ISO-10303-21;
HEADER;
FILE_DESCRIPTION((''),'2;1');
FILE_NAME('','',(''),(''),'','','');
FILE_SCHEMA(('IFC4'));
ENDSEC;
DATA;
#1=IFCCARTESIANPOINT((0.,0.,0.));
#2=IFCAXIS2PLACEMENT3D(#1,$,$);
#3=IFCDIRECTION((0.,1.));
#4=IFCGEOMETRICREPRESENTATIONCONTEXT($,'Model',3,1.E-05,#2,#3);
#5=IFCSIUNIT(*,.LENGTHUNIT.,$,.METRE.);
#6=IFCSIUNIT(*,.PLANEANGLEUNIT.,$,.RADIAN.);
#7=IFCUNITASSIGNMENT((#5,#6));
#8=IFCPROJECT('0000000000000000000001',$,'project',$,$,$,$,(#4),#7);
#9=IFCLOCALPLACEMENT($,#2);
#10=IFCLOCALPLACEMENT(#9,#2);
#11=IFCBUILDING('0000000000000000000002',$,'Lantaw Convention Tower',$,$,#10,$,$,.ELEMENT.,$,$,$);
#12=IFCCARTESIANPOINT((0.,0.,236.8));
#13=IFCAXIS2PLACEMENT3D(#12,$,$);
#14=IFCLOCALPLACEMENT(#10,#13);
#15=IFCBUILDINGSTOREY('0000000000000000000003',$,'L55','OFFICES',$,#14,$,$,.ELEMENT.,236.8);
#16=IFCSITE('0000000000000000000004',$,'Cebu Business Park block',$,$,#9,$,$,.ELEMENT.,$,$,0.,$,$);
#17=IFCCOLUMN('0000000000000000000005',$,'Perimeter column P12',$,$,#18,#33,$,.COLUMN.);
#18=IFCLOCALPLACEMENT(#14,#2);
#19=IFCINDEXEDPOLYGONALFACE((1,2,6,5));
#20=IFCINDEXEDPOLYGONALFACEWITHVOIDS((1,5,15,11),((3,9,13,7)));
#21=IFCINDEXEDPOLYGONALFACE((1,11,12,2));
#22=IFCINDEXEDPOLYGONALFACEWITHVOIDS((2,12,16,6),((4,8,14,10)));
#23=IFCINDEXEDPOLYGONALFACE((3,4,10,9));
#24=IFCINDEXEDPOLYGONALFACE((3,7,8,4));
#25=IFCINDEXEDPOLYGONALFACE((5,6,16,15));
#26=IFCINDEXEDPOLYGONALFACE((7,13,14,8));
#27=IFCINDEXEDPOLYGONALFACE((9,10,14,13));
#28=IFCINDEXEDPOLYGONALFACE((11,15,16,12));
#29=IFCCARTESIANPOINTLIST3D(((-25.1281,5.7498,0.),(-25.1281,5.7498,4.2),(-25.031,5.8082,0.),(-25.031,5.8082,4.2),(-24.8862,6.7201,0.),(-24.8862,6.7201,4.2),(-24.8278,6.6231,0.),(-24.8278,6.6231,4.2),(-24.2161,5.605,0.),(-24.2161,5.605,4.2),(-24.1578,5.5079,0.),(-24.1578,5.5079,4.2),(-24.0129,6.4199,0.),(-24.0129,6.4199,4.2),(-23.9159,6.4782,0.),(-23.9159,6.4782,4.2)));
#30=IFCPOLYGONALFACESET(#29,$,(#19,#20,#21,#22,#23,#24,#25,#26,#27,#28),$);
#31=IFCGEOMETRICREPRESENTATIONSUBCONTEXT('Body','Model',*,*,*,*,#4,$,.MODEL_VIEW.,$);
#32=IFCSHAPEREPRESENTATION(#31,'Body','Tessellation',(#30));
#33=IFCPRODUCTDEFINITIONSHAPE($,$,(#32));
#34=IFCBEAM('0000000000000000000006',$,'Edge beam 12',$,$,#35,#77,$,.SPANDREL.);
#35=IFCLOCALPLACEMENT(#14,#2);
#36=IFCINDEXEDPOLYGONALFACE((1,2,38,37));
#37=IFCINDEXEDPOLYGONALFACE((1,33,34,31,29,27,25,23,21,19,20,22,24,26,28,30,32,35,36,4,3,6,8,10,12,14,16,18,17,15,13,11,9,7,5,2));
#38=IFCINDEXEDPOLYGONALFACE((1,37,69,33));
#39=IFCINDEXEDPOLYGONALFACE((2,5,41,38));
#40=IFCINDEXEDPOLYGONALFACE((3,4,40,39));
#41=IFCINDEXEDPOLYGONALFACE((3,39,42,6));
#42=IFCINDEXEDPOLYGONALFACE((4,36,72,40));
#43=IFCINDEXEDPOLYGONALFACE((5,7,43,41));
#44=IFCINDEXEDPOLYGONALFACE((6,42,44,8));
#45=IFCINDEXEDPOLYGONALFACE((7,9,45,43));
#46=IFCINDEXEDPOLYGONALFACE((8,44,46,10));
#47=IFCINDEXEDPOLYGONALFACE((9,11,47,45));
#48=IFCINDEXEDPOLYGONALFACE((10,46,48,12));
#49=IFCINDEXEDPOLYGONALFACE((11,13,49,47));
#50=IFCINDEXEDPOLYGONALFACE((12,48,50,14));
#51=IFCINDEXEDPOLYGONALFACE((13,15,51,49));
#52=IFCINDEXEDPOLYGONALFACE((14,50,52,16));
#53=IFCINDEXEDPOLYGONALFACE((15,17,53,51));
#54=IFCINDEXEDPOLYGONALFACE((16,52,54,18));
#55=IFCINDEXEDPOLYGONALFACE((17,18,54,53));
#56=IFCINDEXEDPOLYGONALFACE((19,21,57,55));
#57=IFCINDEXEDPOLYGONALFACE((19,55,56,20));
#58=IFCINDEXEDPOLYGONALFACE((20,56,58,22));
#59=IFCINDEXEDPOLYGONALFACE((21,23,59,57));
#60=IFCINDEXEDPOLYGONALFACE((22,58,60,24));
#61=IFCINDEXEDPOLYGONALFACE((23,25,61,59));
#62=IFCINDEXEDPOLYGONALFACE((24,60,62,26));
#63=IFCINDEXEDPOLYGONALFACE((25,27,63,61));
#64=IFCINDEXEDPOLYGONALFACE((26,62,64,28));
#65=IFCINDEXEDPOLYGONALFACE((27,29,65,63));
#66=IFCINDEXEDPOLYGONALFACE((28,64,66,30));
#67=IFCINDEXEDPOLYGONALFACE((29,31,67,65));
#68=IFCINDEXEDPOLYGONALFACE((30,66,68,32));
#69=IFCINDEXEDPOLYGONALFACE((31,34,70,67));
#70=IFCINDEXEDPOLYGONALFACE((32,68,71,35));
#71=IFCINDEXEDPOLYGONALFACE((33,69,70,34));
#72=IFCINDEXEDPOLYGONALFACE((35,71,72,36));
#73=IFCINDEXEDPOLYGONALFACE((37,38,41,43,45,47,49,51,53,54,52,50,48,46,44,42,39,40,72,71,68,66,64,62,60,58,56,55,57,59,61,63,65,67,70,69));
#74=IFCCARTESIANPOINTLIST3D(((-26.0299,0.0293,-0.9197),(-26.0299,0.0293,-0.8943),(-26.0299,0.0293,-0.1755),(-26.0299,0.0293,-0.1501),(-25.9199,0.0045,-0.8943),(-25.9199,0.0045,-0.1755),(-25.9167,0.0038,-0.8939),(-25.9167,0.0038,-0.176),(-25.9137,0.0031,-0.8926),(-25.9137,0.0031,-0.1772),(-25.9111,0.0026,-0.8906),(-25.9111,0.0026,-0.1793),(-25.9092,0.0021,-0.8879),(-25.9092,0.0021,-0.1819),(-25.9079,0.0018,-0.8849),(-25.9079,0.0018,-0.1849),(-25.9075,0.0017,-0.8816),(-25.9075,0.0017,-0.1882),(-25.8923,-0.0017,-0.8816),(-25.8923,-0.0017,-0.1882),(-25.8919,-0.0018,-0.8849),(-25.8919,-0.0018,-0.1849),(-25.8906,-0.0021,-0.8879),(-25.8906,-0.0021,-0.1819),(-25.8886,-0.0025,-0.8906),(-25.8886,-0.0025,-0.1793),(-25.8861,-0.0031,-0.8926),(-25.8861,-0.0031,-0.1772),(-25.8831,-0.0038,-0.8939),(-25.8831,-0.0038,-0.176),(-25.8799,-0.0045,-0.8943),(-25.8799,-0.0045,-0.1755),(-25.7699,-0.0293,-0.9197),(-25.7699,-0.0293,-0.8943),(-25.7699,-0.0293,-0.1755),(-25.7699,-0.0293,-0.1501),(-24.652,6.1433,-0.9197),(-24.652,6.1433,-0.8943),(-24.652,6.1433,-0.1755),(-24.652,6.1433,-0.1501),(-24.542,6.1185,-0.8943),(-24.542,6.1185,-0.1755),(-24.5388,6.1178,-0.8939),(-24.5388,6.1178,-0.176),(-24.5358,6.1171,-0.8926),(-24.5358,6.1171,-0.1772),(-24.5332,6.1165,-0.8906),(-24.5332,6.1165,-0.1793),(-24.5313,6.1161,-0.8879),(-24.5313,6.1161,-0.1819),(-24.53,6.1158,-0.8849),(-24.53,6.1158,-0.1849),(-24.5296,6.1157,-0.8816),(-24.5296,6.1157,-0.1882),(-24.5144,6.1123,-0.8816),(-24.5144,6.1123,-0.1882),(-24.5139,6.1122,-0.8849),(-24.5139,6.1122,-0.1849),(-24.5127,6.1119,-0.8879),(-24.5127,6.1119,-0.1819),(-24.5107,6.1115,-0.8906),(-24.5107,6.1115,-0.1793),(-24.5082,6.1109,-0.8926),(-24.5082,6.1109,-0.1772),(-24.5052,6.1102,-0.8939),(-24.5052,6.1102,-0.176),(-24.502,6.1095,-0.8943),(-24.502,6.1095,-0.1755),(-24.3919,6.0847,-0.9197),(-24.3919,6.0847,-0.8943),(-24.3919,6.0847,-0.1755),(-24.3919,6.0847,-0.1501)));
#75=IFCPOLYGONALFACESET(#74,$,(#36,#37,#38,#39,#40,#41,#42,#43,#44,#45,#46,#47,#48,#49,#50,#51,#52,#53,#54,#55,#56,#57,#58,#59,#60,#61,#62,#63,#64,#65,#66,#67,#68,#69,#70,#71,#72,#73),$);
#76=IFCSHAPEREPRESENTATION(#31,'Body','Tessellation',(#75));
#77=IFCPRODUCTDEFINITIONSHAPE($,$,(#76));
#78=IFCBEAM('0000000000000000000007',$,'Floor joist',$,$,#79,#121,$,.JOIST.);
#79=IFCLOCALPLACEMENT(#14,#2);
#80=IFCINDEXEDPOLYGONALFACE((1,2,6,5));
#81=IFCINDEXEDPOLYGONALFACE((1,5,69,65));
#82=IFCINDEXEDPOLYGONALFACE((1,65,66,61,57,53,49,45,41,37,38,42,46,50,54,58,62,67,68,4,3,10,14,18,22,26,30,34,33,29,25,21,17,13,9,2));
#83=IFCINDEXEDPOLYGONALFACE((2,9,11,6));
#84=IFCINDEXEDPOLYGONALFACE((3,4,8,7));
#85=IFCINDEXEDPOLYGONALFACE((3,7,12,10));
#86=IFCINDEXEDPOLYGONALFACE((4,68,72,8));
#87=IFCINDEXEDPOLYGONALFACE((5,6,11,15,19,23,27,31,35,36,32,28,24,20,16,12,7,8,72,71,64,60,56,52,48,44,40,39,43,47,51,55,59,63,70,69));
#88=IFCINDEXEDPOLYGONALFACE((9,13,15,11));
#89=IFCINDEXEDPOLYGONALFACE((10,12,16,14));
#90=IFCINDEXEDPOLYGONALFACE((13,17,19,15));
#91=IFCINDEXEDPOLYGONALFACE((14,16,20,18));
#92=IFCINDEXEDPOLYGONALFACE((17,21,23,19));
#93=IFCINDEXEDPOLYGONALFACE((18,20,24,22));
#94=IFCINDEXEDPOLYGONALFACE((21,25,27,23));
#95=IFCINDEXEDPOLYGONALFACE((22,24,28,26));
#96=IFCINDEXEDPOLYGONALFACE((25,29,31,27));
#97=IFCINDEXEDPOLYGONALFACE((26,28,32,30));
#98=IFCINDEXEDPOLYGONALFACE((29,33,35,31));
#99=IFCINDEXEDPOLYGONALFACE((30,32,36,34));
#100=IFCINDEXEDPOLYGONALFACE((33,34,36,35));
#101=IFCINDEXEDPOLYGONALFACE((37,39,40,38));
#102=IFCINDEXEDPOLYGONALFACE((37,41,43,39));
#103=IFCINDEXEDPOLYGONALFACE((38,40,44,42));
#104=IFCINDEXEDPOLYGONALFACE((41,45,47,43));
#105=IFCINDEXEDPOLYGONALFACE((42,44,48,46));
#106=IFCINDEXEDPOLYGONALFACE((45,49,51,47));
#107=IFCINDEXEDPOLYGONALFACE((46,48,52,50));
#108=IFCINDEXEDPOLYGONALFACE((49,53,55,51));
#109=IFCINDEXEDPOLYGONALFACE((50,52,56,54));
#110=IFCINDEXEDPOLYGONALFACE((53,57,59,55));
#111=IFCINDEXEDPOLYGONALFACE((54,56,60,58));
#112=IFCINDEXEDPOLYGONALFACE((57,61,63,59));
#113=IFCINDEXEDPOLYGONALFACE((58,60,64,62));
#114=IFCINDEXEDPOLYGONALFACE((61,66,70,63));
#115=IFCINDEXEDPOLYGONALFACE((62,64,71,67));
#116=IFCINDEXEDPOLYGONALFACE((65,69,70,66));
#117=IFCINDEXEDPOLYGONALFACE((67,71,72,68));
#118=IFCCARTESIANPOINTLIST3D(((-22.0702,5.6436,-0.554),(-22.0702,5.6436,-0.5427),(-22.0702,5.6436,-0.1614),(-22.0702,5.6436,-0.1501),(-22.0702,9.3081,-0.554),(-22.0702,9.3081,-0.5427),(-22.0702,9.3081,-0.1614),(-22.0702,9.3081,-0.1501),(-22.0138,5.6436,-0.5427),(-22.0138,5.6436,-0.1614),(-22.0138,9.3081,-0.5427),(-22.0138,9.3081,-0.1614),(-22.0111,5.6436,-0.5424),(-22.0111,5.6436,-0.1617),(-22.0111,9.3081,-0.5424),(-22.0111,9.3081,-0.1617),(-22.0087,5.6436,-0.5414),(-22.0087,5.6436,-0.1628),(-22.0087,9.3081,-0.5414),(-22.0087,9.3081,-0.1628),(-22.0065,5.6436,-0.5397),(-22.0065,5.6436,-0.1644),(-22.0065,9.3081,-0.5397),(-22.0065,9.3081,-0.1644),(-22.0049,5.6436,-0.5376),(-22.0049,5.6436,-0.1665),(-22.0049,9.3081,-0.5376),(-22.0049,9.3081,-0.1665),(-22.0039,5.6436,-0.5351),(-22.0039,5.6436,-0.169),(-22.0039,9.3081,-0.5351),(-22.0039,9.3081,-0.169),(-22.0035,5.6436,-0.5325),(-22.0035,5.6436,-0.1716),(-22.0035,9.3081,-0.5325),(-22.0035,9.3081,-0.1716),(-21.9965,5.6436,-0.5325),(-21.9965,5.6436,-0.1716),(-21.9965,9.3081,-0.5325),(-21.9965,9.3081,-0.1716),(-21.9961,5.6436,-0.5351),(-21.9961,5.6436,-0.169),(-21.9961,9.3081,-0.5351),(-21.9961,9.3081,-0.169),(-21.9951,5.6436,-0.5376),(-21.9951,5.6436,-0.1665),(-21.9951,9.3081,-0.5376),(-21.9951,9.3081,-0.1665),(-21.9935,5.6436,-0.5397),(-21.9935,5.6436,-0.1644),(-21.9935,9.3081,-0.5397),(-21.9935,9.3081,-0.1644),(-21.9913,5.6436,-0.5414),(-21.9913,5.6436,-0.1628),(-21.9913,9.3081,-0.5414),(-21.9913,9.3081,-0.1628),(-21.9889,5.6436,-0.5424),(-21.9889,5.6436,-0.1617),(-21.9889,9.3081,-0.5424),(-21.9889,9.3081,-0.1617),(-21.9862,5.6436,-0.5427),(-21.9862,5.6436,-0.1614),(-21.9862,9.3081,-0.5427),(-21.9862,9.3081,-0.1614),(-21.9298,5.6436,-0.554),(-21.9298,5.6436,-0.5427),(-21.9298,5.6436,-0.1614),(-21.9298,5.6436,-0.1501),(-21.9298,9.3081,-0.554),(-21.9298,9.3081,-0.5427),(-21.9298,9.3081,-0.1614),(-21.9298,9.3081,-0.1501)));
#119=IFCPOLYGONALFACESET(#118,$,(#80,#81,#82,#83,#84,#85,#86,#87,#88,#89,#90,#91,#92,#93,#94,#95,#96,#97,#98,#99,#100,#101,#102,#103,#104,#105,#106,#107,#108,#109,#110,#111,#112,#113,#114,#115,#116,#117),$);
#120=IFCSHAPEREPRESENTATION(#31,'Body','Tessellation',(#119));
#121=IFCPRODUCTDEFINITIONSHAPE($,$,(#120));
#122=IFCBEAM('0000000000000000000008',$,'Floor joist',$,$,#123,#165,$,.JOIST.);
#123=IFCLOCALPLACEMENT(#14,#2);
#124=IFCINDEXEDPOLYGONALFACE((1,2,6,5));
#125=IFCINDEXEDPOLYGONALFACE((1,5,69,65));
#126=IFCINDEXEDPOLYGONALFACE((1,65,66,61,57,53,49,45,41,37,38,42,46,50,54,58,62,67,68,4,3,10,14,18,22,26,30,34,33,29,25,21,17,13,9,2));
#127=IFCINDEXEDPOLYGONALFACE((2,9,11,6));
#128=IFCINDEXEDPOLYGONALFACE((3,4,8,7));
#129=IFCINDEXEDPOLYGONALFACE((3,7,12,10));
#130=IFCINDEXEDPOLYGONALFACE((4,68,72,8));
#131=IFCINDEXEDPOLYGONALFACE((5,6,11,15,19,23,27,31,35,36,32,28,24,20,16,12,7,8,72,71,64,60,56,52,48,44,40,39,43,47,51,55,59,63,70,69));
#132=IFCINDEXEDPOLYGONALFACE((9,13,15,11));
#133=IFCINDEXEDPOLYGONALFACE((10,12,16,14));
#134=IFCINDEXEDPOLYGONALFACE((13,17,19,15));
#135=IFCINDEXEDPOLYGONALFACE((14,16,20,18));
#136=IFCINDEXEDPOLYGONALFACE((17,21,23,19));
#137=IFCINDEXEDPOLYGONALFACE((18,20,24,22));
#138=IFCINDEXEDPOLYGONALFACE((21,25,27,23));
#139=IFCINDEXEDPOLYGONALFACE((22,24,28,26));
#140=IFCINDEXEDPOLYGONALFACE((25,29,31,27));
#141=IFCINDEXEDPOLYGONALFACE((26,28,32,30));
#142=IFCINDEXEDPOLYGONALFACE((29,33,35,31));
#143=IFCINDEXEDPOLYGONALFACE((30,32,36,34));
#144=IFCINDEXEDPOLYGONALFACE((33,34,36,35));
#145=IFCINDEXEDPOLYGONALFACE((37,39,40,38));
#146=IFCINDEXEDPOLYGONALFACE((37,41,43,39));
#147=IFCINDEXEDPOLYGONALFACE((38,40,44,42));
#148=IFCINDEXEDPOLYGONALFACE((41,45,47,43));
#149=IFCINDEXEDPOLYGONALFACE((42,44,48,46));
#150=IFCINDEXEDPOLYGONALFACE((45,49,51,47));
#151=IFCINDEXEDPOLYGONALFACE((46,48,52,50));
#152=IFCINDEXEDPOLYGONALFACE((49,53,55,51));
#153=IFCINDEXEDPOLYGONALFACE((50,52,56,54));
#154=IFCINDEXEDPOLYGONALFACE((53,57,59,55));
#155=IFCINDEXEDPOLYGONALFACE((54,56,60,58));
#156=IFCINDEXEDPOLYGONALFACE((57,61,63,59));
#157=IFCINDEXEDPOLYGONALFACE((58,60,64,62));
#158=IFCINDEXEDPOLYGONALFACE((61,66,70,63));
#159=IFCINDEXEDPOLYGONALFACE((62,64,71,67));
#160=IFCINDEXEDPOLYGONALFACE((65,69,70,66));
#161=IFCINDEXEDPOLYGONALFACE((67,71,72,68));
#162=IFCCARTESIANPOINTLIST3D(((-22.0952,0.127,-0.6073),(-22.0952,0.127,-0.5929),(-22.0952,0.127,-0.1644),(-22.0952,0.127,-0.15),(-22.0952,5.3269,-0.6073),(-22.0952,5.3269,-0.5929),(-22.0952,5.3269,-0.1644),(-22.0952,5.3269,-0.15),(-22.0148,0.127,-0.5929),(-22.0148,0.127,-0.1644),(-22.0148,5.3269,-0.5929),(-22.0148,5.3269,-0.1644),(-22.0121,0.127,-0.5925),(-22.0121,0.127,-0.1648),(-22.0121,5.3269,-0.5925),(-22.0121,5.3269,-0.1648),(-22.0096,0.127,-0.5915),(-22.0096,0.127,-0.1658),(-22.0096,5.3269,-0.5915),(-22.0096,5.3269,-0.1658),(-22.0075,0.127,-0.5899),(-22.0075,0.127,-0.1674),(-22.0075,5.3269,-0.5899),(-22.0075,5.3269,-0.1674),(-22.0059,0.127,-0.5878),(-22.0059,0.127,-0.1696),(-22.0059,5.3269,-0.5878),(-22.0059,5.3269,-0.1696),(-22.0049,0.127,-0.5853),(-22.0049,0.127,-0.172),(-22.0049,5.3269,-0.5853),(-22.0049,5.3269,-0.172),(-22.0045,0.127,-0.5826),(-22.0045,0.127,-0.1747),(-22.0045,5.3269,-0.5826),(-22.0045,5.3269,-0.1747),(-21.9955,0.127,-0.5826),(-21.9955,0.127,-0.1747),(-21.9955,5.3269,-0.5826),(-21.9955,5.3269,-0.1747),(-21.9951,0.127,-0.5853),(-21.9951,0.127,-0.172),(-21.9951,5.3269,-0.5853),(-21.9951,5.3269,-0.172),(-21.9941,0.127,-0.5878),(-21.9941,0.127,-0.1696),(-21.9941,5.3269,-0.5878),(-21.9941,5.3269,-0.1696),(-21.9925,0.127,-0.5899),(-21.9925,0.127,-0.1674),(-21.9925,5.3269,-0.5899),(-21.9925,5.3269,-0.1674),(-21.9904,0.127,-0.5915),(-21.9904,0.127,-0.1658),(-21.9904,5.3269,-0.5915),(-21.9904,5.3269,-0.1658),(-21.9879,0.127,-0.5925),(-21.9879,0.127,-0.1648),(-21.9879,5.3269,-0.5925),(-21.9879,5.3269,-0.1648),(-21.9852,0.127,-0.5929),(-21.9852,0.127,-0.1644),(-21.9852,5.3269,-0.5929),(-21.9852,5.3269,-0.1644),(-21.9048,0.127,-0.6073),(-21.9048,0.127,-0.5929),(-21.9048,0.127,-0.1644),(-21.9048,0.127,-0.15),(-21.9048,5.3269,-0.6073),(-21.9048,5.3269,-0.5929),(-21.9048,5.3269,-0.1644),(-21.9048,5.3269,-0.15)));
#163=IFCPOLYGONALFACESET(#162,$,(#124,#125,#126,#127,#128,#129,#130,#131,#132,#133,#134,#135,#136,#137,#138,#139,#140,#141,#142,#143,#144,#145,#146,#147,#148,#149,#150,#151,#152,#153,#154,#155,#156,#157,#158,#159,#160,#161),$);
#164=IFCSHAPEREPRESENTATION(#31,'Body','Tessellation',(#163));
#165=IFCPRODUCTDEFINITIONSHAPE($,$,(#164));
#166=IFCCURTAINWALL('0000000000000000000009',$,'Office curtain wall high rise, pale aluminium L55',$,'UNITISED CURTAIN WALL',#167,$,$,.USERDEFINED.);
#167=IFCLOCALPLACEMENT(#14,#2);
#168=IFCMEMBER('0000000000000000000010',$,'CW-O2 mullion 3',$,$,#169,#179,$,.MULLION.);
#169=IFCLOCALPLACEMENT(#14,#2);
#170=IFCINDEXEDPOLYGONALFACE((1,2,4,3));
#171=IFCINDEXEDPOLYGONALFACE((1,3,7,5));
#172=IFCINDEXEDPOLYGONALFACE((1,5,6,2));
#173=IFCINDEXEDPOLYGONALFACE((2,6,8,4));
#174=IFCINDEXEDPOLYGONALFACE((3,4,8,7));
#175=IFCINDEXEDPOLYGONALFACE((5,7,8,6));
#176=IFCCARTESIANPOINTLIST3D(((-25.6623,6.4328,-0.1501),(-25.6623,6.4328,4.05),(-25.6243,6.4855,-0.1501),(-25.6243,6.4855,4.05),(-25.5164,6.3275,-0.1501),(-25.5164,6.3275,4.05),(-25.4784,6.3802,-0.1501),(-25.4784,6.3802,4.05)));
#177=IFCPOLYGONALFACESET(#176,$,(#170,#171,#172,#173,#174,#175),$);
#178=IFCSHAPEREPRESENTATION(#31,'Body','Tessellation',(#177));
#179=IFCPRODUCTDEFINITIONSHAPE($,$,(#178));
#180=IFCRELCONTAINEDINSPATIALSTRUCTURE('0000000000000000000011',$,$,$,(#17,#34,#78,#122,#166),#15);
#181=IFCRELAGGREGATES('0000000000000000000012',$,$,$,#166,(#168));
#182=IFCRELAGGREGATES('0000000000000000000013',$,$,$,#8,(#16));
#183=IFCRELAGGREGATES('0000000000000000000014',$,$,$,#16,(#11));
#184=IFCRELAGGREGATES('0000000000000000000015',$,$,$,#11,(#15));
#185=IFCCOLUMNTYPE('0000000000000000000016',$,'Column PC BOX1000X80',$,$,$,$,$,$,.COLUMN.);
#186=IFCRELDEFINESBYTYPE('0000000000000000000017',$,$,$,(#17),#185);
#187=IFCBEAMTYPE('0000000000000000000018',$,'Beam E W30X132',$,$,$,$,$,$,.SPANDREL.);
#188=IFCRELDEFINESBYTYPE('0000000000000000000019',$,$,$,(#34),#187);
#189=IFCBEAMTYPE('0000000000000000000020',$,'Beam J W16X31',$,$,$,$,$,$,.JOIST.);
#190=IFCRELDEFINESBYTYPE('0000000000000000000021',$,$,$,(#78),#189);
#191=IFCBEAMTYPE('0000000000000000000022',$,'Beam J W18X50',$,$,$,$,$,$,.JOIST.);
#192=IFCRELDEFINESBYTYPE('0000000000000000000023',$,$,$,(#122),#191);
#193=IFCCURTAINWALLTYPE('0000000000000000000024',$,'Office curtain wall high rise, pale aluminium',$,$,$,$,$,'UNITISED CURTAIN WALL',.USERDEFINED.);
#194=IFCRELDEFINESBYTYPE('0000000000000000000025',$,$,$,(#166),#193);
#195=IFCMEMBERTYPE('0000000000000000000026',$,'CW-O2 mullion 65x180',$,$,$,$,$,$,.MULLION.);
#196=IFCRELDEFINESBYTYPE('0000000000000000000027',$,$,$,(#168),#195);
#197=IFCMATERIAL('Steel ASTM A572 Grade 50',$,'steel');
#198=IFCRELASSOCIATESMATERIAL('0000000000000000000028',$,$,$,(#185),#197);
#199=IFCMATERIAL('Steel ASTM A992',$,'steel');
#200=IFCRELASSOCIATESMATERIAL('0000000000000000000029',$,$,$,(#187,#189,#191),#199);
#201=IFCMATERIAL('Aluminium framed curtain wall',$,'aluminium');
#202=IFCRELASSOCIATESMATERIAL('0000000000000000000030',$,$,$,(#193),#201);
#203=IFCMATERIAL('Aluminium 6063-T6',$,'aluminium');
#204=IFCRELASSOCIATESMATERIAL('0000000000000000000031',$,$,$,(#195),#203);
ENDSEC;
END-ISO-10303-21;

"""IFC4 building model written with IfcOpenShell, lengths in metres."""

from ifc_helpers import new_model, si_unit, direction, frame, origin, origin_2d, place, context, subcontext, project, spatial, rectangle, hollow_rectangle, i_section, extrude, material, material_profile, profile_set, type_object, element, aggregate, save


model = new_model("IFC4")

# Units and contexts
model_context = context("Model", 3, precision=1e-05, world=origin(), true_north=direction((0.0, 1.0)))
body_context = subcontext(model_context, "Body", "Model", "MODEL_VIEW")
ifc_project = project(units=[si_unit("LENGTHUNIT", "METRE"), si_unit("PLANEANGLEUNIT", "RADIAN")], contexts=[model_context])

# Site, building, storey
site_placement = place(None, origin())
site = spatial("IfcSite", under=ifc_project, at=site_placement, Name="Cebu Business Park block", CompositionType="ELEMENT", RefElevation=0.0)
building_placement = place(site_placement, origin())
building = spatial("IfcBuilding", under=site, at=building_placement, Name="Lantaw Convention Tower", CompositionType="ELEMENT")
storey_placement = place(building_placement, frame((0.0, 0.0, 236.8)))
storey = spatial("IfcBuildingStorey", under=building, at=storey_placement, Name="L55", Description="OFFICES", CompositionType="ELEMENT", Elevation=236.8)

# Column
ifc_material_1 = material(Name="Steel ASTM A572 Grade 50", Category="steel")
ifc_material_profile_1 = material_profile(ifc_material_1, hollow_rectangle(XDim=1.0, YDim=1.0, WallThickness=0.0801, at=origin_2d()), Name="BOX1000X80")
ifc_material_2 = material(Name="Concrete C60/75", Category="concrete")
ifc_material_profile_2 = material_profile(ifc_material_2, rectangle(XDim=0.8401, YDim=0.8401, at=origin_2d()), Name="Concrete fill of BOX1000X80")
ifc_profile_set_1 = profile_set([ifc_material_profile_1, ifc_material_profile_2], Name="Steel ASTM A572 Grade 50")
column_type = type_object("IfcColumnType", Name="Column PC BOX1000X80", PredefinedType="COLUMN", material=ifc_profile_set_1)
column_placement = place(storey_placement, frame((-24.522, 6.114, 0.0), z_axis=(0.0, 0.0, 1.0), x_axis=(0.241922, 0.970296, 0.0)))
element("IfcColumn", 1, at=column_placement, inside=storey, type_object=column_type, Name="Perimeter column P12", PredefinedType="COLUMN", context=body_context, shape_type="SweptSolid", body=[
    extrude(hollow_rectangle(XDim=1.0, YDim=1.0, WallThickness=0.0801, at=origin_2d()), origin(), (0.0, 0.0, 1.0), 4.2),
])

# Beams
ifc_material_3 = material(Name="Steel ASTM A992", Category="steel")
ifc_material_profile_3 = material_profile(ifc_material_3, i_section(OverallWidth=0.2666, OverallDepth=0.7695, WebThickness=0.0156, FlangeThickness=0.0254, FilletRadius=0.0127, at=origin_2d()), Name="W30X132")
ifc_profile_set_2 = profile_set([ifc_material_profile_3], Name="Steel ASTM A992")
beam_type_1 = type_object("IfcBeamType", Name="Beam E W30X132", PredefinedType="SPANDREL", material=ifc_profile_set_2)
beam_1_placement = place(storey_placement, frame((-24.522, 6.114, -0.5349), z_axis=(-0.219858, -0.975532, 0.0), x_axis=(0.975532, -0.219858, 0.0)))
element("IfcBeam", 2, at=beam_1_placement, inside=storey, type_object=beam_type_1, Name="Edge beam 12", PredefinedType="SPANDREL", context=body_context, shape_type="SweptSolid", body=[
    extrude(i_section(OverallWidth=0.2666, OverallDepth=0.7695, WebThickness=0.0156, FlangeThickness=0.0254, FilletRadius=0.0127, at=origin_2d()), origin(), (0.0, 0.0, 1.0), 6.2673),
])
ifc_material_profile_4 = material_profile(ifc_material_3, i_section(OverallWidth=0.1404, OverallDepth=0.4038, WebThickness=0.0071, FlangeThickness=0.0112, FilletRadius=0.0103, at=origin_2d()), Name="W16X31")
ifc_profile_set_3 = profile_set([ifc_material_profile_4], Name="Steel ASTM A992")
beam_type_2 = type_object("IfcBeamType", Name="Beam J W16X31", PredefinedType="JOIST", material=ifc_profile_set_3)
beam_2_placement = place(storey_placement, frame((-22.0, 5.6436, -0.3521), z_axis=(0.0, 1.0, 0.0), x_axis=(-1.0, 0.0, 0.0)))
element("IfcBeam", 3, at=beam_2_placement, inside=storey, type_object=beam_type_2, Name="Floor joist", PredefinedType="JOIST", context=body_context, shape_type="SweptSolid", body=[
    extrude(i_section(OverallWidth=0.1404, OverallDepth=0.4038, WebThickness=0.0071, FlangeThickness=0.0112, FilletRadius=0.0103, at=origin_2d()), origin(), (0.0, 0.0, 1.0), 3.6646),
])
ifc_material_profile_5 = material_profile(ifc_material_3, i_section(OverallWidth=0.1904, OverallDepth=0.4573, WebThickness=0.009, FlangeThickness=0.0144, FilletRadius=0.0103, at=origin_2d()), Name="W18X50")
ifc_profile_set_4 = profile_set([ifc_material_profile_5], Name="Steel ASTM A992")
beam_type_3 = type_object("IfcBeamType", Name="Beam J W18X50", PredefinedType="JOIST", material=ifc_profile_set_4)
beam_3_placement = place(storey_placement, frame((-22.0, 0.127, -0.3787), z_axis=(0.0, 1.0, 0.0), x_axis=(-1.0, 0.0, 0.0)))
element("IfcBeam", 4, at=beam_3_placement, inside=storey, type_object=beam_type_3, Name="Floor joist", PredefinedType="JOIST", context=body_context, shape_type="SweptSolid", body=[
    extrude(i_section(OverallWidth=0.1904, OverallDepth=0.4573, WebThickness=0.009, FlangeThickness=0.0144, FilletRadius=0.0103, at=origin_2d()), origin(), (0.0, 0.0, 1.0), 5.2),
])

# Curtain wall, member
ifc_material_4 = material(Name="Aluminium framed curtain wall", Category="aluminium")
curtain_wall_type = type_object("IfcCurtainWallType", Name="Office curtain wall high rise, pale aluminium", ElementType="UNITISED CURTAIN WALL", PredefinedType="USERDEFINED", material=ifc_material_4)
curtain_wall_1_placement = place(storey_placement, origin())
curtain_wall_1 = element("IfcCurtainWall", 5, at=curtain_wall_1_placement, inside=storey, type_object=curtain_wall_type, Name="Office curtain wall high rise, pale aluminium L55", ObjectType="UNITISED CURTAIN WALL", PredefinedType="USERDEFINED")
ifc_material_5 = material(Name="Aluminium 6063-T6", Category="aluminium")
ifc_material_profile_6 = material_profile(ifc_material_5, rectangle(XDim=0.1799, YDim=0.0649, at=origin_2d()), Name="CW-O2 mullion 65x180")
ifc_profile_set_5 = profile_set([ifc_material_profile_6], Name="Aluminium 6063-T6")
member_type_1 = type_object("IfcMemberType", Name="CW-O2 mullion 65x180", PredefinedType="MULLION", material=ifc_profile_set_5)
member_1_placement = place(storey_placement, frame((-25.5703, 6.4065, -0.1501), z_axis=(0.0, 0.0, 1.0), x_axis=(0.81092, -0.585158, 0.0)))
member_1 = element("IfcMember", 6, at=member_1_placement, type_object=member_type_1, Name="CW-O2 mullion 3", PredefinedType="MULLION", context=body_context, shape_type="SweptSolid", body=[
    extrude(rectangle(XDim=0.1799, YDim=0.0649, at=origin_2d()), origin(), (0.0, 0.0, 1.0), 4.2002),
])

aggregate(curtain_wall_1, [member_1])

save(model, "model.ifc")
